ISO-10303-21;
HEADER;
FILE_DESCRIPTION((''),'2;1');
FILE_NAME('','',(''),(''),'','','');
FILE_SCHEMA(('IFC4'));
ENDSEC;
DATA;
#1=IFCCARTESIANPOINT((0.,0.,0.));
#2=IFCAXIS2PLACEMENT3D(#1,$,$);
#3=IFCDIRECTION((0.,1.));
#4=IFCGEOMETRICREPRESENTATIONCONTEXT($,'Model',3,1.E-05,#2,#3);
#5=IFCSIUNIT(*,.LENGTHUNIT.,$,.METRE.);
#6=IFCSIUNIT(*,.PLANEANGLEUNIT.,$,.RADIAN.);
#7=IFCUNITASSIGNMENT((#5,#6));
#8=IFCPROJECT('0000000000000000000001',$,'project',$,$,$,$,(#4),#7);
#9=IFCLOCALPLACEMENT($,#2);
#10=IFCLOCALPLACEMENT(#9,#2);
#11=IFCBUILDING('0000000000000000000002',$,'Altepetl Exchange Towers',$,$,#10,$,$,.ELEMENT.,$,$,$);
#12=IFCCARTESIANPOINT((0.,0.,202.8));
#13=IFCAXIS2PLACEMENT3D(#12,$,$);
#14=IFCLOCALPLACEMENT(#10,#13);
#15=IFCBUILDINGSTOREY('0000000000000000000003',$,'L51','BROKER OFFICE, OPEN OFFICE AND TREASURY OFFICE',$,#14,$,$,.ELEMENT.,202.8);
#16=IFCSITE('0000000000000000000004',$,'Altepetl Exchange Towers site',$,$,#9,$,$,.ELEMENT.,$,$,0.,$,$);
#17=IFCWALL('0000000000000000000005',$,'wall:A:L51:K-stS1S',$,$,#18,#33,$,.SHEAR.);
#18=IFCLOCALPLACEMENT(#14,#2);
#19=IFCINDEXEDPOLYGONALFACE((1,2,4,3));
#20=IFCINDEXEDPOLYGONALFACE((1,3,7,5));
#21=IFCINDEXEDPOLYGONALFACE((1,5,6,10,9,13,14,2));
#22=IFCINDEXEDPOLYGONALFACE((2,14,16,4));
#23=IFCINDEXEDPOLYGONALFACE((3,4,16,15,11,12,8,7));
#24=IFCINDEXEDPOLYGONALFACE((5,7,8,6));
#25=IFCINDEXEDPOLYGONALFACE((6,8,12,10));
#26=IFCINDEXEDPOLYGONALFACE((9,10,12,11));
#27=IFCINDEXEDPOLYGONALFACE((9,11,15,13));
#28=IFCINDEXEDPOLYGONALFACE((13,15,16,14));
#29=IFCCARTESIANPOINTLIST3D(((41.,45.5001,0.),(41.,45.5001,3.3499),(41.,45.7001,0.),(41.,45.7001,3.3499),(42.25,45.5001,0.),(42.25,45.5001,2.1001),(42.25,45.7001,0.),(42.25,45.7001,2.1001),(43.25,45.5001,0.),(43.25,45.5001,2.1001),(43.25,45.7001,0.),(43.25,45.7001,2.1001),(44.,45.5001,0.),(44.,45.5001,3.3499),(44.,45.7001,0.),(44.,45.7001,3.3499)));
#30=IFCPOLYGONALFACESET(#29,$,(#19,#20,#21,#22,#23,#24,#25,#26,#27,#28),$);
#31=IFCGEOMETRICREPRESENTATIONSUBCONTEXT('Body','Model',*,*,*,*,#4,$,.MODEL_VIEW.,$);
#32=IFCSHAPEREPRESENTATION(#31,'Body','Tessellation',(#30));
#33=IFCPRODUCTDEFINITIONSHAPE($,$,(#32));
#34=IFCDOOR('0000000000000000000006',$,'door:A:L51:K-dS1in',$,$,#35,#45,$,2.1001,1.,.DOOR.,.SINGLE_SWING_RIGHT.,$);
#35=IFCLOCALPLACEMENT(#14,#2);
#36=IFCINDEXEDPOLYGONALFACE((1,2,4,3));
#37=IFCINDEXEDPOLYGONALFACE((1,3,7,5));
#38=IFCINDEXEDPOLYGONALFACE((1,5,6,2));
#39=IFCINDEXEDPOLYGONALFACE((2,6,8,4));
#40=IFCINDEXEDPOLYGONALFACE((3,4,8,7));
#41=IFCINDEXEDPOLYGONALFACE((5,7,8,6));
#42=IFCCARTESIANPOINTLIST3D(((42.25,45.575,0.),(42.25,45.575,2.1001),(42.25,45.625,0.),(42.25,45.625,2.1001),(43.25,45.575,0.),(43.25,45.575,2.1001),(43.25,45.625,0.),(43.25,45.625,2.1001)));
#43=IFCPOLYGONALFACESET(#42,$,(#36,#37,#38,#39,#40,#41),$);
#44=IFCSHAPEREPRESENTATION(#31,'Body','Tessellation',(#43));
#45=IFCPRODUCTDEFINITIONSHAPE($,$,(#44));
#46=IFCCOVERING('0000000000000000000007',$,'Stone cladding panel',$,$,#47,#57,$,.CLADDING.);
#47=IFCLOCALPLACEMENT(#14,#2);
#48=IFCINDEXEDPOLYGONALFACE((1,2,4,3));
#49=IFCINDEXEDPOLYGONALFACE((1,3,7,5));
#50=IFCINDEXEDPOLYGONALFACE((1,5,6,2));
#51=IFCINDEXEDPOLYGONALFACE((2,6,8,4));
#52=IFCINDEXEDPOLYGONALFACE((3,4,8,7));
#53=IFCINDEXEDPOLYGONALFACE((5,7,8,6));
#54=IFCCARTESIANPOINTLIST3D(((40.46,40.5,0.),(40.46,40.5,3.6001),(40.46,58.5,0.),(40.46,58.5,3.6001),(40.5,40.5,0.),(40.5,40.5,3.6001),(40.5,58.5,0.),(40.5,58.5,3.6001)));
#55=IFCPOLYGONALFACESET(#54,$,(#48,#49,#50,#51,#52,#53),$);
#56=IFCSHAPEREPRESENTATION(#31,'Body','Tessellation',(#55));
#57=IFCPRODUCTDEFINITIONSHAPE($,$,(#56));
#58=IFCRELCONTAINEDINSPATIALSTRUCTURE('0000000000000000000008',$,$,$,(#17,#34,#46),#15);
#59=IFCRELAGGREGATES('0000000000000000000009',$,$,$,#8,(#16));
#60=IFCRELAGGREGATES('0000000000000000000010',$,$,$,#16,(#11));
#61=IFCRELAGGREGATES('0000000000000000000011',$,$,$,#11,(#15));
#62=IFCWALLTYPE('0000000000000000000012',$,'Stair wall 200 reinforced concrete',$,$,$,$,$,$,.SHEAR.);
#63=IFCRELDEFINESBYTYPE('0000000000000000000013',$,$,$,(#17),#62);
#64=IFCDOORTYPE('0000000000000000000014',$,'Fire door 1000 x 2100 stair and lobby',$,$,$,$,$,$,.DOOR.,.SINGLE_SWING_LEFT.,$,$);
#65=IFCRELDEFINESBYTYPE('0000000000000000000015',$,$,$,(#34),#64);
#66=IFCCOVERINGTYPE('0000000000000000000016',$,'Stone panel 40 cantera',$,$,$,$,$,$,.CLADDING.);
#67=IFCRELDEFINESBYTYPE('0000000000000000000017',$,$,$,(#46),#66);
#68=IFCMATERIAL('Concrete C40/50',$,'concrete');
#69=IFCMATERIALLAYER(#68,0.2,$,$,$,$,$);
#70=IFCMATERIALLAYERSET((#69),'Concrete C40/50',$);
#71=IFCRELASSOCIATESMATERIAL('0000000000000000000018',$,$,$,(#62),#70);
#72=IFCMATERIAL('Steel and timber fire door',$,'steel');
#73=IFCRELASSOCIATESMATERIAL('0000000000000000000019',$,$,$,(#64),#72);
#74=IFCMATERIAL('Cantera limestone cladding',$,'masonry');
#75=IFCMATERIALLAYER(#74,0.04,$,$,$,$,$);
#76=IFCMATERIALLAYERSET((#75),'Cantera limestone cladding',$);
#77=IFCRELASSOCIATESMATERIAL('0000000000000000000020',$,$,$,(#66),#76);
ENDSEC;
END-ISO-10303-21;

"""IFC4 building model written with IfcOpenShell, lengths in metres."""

from ifc_helpers import new_model, si_unit, direction, frame, frame_2d, origin, origin_2d, place, context, subcontext, project, spatial, rectangle, extrude, material, layer, layer_set, type_object, element, fill, save


model = new_model("IFC4")

# Units and contexts
model_context = context("Model", 3, precision=1e-05, world=origin(), true_north=direction((0.0, 1.0)))
body_context = subcontext(model_context, "Body", "Model", "MODEL_VIEW")
ifc_project = project(units=[si_unit("LENGTHUNIT", "METRE"), si_unit("PLANEANGLEUNIT", "RADIAN")], contexts=[model_context])

# Site, building, storey
site_placement = place(None, origin())
site = spatial("IfcSite", under=ifc_project, at=site_placement, Name="Altepetl Exchange Towers site", CompositionType="ELEMENT", RefElevation=0.0)
building_placement = place(site_placement, origin())
building = spatial("IfcBuilding", under=site, at=building_placement, Name="Altepetl Exchange Towers", CompositionType="ELEMENT")
storey_placement = place(building_placement, frame((0.0, 0.0, 202.8)))
storey = spatial("IfcBuildingStorey", under=building, at=storey_placement, Name="L51", Description="BROKER OFFICE, OPEN OFFICE AND TREASURY OFFICE", CompositionType="ELEMENT", Elevation=202.8)

# Shared definitions
ifc_material_1 = material(Name="Concrete C40/50", Category="concrete")
ifc_material_2 = material(Name="Steel and timber fire door", Category="steel")

# Wall, opening, door
ifc_layer_1 = layer(ifc_material_1, 0.2)
ifc_layer_set_1 = layer_set([ifc_layer_1], Name="Concrete C40/50")
wall_type_1 = type_object("IfcWallType", Name="Stair wall 200 reinforced concrete", PredefinedType="SHEAR", material=ifc_layer_set_1)
wall_1_placement = place(storey_placement, frame((41.0, 45.6001, 0.0)))
wall_1 = element("IfcWall", 1, at=wall_1_placement, inside=storey, type_object=wall_type_1, Name="wall:A:L51:K-stS1S", PredefinedType="SHEAR", context=body_context, shape_type="SweptSolid", body=[
    extrude(rectangle(XDim=3.0, YDim=0.2, at=frame_2d((1.5, 0.0))), origin(), (0.0, 0.0, 1.0), 3.3499),
])
opening_1_placement = place(wall_1_placement, frame((1.25, 0.0, 0.0)))
opening_1 = element("IfcOpeningElement", 2, at=opening_1_placement, cuts=wall_1, PredefinedType="OPENING", context=body_context, shape_type="SweptSolid", body=[
    extrude(rectangle(XDim=1.0, YDim=2.1001, at=frame_2d((0.5, 1.05))), frame((0.0, 0.1099, 0.0), z_axis=(0.0, -1.0, 0.0), x_axis=(1.0, 0.0, 0.0)), (0.0, 0.0, 1.0), 0.22),
])
door_type_1 = type_object("IfcDoorType", Name="Fire door 1000 x 2100 stair and lobby", OperationType="SINGLE_SWING_LEFT", PredefinedType="DOOR", material=ifc_material_2)
door_1_placement = place(opening_1_placement, origin())
door_1 = element("IfcDoor", 3, at=door_1_placement, inside=storey, type_object=door_type_1, Name="door:A:L51:K-dS1in", OperationType="SINGLE_SWING_RIGHT", OverallHeight=2.1001, OverallWidth=1.0, PredefinedType="DOOR", context=body_context, shape_type="SweptSolid", body=[
    extrude(rectangle(XDim=1.0, YDim=2.1001, at=frame_2d((0.5, 1.05))), frame((0.0, 0.0249, 0.0), z_axis=(0.0, -1.0, 0.0), x_axis=(1.0, 0.0, 0.0)), (0.0, 0.0, 1.0), 0.05),
])
fill(opening_1, door_1)

# Covering
ifc_material_3 = material(Name="Cantera limestone cladding", Category="masonry")
ifc_layer_2 = layer(ifc_material_3, 0.04)
ifc_layer_set_2 = layer_set([ifc_layer_2], Name="Cantera limestone cladding")
covering_type = type_object("IfcCoveringType", Name="Stone panel 40 cantera", PredefinedType="CLADDING", material=ifc_layer_set_2)
covering_placement = place(storey_placement, frame((40.48, 49.5, 0.0), z_axis=(0.0, 0.0, 1.0), x_axis=(0.0, -1.0, 0.0)))
element("IfcCovering", 4, at=covering_placement, inside=storey, type_object=covering_type, Name="Stone cladding panel", PredefinedType="CLADDING", context=body_context, shape_type="SweptSolid", body=[
    extrude(rectangle(XDim=18.0, YDim=0.04, at=origin_2d()), origin(), (0.0, 0.0, 1.0), 3.6001),
])

save(model, "model.ifc")
